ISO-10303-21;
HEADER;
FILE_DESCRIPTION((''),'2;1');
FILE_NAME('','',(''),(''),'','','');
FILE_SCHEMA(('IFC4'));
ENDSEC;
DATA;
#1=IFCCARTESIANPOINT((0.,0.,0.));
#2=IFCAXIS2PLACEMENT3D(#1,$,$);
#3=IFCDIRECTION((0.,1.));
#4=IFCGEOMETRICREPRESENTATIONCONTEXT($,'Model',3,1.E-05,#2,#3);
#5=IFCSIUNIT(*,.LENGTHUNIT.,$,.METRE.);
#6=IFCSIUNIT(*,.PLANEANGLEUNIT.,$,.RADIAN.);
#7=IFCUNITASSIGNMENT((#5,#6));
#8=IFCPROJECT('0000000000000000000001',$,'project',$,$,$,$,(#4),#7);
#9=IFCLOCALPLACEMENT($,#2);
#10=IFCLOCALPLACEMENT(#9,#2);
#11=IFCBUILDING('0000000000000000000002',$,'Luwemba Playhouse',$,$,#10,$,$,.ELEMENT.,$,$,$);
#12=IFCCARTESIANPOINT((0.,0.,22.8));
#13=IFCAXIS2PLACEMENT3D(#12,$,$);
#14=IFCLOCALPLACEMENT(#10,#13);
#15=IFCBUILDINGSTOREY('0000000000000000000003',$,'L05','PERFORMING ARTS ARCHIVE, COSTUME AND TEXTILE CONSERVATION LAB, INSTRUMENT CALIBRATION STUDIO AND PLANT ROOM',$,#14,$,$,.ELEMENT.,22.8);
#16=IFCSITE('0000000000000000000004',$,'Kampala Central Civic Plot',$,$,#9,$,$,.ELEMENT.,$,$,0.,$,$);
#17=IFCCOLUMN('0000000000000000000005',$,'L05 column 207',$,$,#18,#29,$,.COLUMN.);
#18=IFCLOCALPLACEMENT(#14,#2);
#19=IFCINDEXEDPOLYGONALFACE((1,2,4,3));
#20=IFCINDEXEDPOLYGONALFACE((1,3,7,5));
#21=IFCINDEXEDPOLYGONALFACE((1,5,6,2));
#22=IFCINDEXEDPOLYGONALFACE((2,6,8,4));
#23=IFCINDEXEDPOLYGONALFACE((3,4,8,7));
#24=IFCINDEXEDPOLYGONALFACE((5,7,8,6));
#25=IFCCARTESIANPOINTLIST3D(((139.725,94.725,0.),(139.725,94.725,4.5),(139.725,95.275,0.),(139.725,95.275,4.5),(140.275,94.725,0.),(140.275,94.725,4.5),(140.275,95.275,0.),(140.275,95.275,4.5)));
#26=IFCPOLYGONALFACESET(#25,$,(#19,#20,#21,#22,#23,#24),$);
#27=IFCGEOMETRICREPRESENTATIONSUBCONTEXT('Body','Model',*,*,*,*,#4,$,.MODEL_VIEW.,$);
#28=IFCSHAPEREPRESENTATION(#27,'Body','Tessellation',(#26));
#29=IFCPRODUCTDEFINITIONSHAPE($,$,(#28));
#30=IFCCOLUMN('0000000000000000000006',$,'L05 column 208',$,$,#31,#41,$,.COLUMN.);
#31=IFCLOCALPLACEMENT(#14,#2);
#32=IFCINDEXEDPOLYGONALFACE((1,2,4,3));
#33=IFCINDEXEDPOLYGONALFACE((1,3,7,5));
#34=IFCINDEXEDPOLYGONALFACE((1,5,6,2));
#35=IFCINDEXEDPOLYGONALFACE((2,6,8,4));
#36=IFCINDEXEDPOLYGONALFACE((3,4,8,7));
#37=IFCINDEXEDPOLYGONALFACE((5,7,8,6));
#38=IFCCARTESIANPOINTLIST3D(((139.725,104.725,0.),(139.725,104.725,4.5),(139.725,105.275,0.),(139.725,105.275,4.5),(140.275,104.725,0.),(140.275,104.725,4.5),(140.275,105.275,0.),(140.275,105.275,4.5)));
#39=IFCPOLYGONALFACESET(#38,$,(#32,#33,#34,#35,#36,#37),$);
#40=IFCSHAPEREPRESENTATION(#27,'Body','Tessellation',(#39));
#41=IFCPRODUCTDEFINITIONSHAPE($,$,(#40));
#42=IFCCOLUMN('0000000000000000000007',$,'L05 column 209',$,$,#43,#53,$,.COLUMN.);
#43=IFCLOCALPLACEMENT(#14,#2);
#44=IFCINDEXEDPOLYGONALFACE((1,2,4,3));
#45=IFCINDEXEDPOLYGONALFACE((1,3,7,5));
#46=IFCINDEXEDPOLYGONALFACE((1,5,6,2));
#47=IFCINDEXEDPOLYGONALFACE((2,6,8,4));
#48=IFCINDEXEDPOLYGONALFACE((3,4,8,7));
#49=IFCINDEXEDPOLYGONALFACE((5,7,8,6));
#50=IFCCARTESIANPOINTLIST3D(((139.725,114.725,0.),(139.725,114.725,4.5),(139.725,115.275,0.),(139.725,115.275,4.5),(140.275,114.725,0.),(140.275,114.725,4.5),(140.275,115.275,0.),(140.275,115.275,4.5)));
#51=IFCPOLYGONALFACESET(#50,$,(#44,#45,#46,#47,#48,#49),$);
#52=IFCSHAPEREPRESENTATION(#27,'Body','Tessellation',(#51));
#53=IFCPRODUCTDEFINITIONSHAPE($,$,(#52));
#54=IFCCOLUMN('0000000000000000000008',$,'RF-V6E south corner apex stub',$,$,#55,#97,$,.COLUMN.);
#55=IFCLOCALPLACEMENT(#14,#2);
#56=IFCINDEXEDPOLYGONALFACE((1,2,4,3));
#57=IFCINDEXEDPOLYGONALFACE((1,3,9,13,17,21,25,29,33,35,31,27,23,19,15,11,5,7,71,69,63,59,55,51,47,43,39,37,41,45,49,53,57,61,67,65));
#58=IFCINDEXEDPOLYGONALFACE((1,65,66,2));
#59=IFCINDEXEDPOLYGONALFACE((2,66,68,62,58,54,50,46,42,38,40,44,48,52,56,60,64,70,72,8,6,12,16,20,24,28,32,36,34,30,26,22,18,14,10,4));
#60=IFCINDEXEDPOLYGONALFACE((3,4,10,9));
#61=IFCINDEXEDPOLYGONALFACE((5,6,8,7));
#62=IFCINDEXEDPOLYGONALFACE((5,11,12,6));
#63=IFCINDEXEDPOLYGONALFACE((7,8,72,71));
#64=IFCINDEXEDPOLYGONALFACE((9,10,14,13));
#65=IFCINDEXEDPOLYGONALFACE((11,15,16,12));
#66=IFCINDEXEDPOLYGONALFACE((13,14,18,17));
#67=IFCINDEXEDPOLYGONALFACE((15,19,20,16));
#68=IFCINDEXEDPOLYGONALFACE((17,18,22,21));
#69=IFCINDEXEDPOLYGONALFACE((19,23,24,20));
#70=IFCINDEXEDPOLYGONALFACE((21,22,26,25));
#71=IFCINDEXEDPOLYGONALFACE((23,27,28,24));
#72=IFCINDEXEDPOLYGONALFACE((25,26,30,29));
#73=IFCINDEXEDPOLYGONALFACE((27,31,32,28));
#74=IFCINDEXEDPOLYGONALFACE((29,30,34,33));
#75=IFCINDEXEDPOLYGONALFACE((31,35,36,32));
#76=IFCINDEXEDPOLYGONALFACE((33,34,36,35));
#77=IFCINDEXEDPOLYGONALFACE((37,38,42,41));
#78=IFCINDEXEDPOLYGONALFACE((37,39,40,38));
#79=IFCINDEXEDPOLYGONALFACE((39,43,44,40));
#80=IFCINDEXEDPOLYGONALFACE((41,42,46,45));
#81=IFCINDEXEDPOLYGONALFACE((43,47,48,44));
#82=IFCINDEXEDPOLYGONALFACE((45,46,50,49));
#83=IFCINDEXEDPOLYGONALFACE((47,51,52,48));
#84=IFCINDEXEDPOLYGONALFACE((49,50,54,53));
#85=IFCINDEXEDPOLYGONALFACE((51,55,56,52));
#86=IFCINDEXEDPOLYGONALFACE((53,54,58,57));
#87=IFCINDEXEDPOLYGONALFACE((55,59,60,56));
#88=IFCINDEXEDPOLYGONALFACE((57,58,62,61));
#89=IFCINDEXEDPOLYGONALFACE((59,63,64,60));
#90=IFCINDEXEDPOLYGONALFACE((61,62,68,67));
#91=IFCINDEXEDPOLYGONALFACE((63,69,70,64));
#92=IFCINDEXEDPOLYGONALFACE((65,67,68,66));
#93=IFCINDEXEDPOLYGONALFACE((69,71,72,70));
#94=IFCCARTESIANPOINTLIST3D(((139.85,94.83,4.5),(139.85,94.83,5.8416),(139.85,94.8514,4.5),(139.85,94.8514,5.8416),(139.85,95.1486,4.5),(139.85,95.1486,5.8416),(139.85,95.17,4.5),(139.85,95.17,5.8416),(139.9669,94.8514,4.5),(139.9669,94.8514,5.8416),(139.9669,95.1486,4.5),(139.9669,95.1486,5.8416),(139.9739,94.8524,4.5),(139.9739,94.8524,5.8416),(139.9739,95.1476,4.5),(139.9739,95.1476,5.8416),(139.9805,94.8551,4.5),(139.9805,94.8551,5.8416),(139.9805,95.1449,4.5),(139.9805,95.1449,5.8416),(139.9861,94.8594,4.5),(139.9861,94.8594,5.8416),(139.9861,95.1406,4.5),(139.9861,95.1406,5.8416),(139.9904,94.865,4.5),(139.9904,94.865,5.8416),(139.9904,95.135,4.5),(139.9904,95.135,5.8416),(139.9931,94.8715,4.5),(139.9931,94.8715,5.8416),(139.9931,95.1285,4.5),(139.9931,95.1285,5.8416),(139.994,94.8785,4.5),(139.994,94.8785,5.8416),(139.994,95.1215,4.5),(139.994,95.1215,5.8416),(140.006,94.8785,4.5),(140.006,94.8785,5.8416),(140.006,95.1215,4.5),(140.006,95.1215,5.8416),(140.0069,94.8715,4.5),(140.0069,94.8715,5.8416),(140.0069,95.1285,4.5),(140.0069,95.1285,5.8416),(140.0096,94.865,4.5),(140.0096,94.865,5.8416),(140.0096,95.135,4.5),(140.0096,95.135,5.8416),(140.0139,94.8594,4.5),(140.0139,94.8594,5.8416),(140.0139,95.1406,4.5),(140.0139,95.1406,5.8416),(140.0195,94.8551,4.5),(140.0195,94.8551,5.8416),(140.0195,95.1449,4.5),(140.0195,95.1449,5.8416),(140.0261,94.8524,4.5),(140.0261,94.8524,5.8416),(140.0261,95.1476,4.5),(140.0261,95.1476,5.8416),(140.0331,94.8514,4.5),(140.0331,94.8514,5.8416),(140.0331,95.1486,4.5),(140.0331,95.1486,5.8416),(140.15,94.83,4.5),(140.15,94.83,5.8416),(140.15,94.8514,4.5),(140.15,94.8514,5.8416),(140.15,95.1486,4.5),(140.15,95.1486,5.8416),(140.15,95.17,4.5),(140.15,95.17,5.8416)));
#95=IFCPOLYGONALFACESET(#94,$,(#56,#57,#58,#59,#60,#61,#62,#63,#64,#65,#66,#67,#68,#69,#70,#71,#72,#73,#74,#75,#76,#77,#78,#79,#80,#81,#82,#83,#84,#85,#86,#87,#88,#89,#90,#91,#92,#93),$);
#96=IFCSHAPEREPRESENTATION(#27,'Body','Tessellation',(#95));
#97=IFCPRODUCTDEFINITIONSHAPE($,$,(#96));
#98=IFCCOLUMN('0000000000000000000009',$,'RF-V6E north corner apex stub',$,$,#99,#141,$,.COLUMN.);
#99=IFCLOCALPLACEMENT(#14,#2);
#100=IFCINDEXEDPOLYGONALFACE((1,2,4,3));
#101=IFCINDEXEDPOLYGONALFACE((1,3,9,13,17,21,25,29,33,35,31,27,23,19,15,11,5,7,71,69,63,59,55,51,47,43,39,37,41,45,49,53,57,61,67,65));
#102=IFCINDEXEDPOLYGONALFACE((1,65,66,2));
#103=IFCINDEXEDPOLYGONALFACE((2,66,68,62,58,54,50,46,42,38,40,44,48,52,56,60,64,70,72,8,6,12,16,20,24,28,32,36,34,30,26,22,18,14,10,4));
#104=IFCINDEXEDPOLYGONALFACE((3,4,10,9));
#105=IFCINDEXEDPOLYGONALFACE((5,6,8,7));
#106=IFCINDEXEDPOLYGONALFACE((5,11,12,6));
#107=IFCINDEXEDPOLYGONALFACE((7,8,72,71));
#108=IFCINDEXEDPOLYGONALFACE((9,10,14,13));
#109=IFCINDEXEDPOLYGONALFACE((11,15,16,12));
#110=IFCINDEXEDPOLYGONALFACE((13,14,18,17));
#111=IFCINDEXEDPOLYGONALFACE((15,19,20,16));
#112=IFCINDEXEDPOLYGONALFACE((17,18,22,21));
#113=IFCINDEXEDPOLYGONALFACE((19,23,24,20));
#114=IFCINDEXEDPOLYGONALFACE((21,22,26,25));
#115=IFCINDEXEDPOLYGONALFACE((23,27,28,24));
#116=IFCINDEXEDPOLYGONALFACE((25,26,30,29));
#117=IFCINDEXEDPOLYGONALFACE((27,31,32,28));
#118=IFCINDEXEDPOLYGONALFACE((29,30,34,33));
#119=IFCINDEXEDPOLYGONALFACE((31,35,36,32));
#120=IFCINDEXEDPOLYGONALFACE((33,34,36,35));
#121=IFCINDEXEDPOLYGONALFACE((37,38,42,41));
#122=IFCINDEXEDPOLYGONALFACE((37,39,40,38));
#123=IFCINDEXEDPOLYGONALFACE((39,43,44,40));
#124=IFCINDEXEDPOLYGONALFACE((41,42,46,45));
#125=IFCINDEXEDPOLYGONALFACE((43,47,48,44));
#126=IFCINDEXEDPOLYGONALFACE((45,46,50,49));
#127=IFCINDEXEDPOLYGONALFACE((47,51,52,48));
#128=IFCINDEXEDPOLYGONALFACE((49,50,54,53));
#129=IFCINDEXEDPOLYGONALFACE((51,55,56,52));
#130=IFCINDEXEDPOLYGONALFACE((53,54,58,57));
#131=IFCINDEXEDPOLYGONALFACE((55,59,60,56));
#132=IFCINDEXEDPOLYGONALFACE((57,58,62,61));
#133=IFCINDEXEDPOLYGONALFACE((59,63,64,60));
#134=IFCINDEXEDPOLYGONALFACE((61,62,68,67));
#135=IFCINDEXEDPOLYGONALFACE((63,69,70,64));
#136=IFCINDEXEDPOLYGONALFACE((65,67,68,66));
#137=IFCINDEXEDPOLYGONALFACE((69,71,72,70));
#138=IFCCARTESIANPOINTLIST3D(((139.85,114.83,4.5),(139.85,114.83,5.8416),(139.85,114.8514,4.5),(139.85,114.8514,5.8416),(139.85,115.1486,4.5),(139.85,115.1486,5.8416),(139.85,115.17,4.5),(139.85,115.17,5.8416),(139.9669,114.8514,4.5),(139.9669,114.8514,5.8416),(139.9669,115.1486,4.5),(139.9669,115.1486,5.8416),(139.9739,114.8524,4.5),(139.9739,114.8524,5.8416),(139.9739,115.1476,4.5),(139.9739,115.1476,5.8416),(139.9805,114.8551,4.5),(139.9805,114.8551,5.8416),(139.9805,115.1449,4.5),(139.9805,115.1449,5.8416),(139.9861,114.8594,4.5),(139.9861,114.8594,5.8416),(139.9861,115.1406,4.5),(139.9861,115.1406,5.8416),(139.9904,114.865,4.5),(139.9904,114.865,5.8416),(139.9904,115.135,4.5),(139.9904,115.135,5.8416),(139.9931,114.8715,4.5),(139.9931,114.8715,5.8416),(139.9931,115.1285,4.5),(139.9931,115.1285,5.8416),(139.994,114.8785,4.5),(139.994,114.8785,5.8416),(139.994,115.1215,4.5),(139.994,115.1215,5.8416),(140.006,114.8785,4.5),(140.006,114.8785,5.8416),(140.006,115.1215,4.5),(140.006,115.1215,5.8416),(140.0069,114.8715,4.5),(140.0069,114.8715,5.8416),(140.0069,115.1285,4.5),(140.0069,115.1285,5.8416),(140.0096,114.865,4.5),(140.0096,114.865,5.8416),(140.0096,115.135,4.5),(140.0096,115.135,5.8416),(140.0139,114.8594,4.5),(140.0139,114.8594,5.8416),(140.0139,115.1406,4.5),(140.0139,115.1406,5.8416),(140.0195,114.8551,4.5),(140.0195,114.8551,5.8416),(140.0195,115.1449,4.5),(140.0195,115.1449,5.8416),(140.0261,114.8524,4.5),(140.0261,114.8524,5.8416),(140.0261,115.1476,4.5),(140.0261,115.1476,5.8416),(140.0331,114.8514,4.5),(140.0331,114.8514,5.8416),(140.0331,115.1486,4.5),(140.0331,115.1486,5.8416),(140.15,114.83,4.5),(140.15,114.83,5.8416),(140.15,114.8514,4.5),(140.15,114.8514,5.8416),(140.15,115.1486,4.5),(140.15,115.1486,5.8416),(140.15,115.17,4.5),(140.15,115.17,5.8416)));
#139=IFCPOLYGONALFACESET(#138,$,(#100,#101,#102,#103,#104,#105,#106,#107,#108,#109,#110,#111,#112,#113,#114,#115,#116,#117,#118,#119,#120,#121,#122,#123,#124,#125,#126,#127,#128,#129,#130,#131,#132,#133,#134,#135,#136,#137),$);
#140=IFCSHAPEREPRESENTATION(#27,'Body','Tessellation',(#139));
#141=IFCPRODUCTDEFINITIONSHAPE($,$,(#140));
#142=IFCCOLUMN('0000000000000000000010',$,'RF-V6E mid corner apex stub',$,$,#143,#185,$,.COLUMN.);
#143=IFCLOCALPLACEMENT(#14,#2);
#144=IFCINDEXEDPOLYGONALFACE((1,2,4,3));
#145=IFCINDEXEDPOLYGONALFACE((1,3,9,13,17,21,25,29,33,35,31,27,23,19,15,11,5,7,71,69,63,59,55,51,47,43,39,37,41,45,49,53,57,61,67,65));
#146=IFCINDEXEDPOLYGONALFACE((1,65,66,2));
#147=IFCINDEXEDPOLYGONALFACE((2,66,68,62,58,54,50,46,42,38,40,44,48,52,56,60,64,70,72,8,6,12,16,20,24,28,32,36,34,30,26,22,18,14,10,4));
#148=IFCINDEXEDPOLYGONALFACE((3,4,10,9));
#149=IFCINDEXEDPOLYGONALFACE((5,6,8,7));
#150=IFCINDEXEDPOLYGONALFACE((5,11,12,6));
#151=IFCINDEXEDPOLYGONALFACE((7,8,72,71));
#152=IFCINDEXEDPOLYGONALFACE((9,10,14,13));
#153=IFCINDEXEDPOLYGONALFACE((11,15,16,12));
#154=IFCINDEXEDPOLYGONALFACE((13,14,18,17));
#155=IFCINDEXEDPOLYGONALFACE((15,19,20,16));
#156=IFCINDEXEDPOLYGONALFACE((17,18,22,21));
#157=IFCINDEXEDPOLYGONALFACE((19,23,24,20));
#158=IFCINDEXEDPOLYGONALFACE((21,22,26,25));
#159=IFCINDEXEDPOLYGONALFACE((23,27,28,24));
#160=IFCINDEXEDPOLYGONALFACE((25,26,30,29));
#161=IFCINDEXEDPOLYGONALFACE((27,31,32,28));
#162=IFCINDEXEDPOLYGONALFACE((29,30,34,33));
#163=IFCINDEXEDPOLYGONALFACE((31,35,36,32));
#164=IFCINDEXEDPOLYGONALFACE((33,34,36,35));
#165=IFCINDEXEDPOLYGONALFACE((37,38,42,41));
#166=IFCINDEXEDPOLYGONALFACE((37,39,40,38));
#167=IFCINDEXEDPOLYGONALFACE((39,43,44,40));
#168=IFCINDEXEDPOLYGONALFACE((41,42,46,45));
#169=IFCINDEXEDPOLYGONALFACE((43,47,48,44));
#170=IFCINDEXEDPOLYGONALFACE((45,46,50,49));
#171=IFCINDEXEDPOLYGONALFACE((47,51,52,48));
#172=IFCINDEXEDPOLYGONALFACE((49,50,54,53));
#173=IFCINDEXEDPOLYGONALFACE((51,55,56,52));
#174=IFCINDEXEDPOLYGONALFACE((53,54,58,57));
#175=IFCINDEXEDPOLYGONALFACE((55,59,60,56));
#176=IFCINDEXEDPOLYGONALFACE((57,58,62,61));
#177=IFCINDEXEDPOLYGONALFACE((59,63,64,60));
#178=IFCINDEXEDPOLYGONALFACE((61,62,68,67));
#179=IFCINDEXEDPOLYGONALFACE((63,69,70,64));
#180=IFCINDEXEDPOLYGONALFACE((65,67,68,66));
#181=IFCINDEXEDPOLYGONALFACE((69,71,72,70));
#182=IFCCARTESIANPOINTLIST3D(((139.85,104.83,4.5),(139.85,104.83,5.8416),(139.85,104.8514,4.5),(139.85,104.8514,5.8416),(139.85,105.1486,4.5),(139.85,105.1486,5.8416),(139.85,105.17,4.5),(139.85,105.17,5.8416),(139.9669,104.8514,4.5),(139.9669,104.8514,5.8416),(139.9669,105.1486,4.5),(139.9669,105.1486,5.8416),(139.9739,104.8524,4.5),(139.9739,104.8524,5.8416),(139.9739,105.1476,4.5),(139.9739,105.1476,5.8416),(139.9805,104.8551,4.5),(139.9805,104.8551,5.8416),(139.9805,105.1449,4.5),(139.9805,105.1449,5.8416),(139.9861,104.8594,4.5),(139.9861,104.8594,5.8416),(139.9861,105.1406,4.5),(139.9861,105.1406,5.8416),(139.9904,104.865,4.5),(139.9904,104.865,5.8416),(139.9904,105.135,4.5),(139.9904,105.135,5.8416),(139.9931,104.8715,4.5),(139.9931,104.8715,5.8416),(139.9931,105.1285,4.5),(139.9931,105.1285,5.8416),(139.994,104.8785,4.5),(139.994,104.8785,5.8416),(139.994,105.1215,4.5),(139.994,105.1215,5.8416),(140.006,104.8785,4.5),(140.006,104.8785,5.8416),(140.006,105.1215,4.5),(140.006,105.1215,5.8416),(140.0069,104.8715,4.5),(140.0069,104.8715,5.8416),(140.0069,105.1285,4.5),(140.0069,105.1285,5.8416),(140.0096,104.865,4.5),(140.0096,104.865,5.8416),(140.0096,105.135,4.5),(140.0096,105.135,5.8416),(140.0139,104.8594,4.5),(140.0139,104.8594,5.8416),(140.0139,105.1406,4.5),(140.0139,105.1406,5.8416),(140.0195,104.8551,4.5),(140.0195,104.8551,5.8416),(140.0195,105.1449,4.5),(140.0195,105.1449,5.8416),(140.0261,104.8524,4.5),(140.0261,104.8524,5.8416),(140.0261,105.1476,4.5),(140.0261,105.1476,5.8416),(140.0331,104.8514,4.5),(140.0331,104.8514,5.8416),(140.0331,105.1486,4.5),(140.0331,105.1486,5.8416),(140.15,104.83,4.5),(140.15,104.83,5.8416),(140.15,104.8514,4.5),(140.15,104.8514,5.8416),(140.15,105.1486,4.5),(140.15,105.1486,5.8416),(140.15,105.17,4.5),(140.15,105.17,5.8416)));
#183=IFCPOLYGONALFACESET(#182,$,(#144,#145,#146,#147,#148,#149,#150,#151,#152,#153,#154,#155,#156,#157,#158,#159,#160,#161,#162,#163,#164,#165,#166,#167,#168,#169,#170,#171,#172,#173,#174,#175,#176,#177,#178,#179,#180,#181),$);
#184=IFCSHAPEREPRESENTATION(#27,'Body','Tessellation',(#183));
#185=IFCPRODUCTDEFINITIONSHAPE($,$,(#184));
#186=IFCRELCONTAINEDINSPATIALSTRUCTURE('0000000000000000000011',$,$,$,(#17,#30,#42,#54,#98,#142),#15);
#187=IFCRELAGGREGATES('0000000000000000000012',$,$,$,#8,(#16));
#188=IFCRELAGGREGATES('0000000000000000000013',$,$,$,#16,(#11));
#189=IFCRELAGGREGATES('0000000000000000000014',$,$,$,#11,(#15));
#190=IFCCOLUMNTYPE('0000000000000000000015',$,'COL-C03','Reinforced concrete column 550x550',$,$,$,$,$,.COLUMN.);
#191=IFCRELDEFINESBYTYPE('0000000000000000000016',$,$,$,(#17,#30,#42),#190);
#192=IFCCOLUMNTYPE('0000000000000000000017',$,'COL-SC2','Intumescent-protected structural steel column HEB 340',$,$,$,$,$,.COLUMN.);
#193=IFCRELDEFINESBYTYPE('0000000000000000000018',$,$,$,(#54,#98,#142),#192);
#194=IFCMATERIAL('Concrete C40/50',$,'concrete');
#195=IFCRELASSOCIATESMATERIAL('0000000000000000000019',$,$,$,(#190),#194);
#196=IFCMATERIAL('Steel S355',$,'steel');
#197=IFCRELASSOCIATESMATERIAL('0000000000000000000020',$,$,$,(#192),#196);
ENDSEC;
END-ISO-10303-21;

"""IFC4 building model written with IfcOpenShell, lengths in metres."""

from ifc_helpers import new_model, si_unit, direction, frame, origin, origin_2d, place, context, subcontext, project, spatial, rectangle, i_section, extrude, material, material_profile, profile_set, type_object, element, save


model = new_model("IFC4")

# Units and contexts
model_context = context("Model", 3, precision=1e-05, world=origin(), true_north=direction((0.0, 1.0)))
body_context = subcontext(model_context, "Body", "Model", "MODEL_VIEW")
ifc_project = project(units=[si_unit("LENGTHUNIT", "METRE"), si_unit("PLANEANGLEUNIT", "RADIAN")], contexts=[model_context])

# Site, building, storey
site_placement = place(None, origin())
site = spatial("IfcSite", under=ifc_project, at=site_placement, Name="Kampala Central Civic Plot", CompositionType="ELEMENT", RefElevation=0.0)
building_placement = place(site_placement, origin())
building = spatial("IfcBuilding", under=site, at=building_placement, Name="Luwemba Playhouse", CompositionType="ELEMENT")
storey_placement = place(building_placement, frame((0.0, 0.0, 22.8)))
storey = spatial("IfcBuildingStorey", under=building, at=storey_placement, Name="L05", Description="PERFORMING ARTS ARCHIVE, COSTUME AND TEXTILE CONSERVATION LAB, INSTRUMENT CALIBRATION STUDIO AND PLANT ROOM", CompositionType="ELEMENT", Elevation=22.8)

# Columns
ifc_material_1 = material(Name="Concrete C40/50", Category="concrete")
ifc_material_profile_1 = material_profile(ifc_material_1, rectangle(XDim=0.55, YDim=0.55, at=origin_2d()))
ifc_profile_set_1 = profile_set([ifc_material_profile_1], Name="Concrete C40/50")
column_type_1 = type_object("IfcColumnType", Name="COL-C03", Description="Reinforced concrete column 550x550", PredefinedType="COLUMN", material=ifc_profile_set_1)
for number, where, z_axis, x_axis, name in (
    (1, (140.0, 95.0, 0.0), (0.0, 0.0, 1.0), (1.0, 0.0, 0.0), "L05 column 207"),
    (2, (140.0, 105.0, 0.0), (0.0, 0.0, 1.0), (1.0, 0.0, 0.0), "L05 column 208"),
    (3, (140.0, 115.0, 0.0), (0.0, 0.0, 1.0), (1.0, 0.0, 0.0), "L05 column 209"),
):
    element("IfcColumn", number, at=place(storey_placement, frame(where, z_axis=z_axis, x_axis=x_axis)), inside=storey, type_object=column_type_1, Name=name, PredefinedType="COLUMN", context=body_context, shape_type="SweptSolid", body=[
        extrude(rectangle(XDim=0.55, YDim=0.55, at=origin_2d()), origin(), (0.0, 0.0, 1.0), 4.5),
    ])
ifc_material_2 = material(Name="Steel S355", Category="steel")
ifc_material_profile_2 = material_profile(ifc_material_2, i_section(OverallWidth=0.3, OverallDepth=0.3401, WebThickness=0.012, FlangeThickness=0.0215, FilletRadius=0.0271, at=origin_2d()))
ifc_profile_set_2 = profile_set([ifc_material_profile_2], Name="Steel S355")
column_type_2 = type_object("IfcColumnType", Name="COL-SC2", Description="Intumescent-protected structural steel column HEB 340", PredefinedType="COLUMN", material=ifc_profile_set_2)
for number, where, z_axis, x_axis, name in (
    (4, (140.0, 95.0, 4.5), (0.0, 0.0, 1.0), (1.0, 0.0, 0.0), "RF-V6E south corner apex stub"),
    (5, (140.0, 115.0, 4.5), (0.0, 0.0, 1.0), (1.0, 0.0, 0.0), "RF-V6E north corner apex stub"),
    (6, (140.0, 105.0, 4.5), (0.0, 0.0, 1.0), (1.0, 0.0, 0.0), "RF-V6E mid corner apex stub"),
):
    element("IfcColumn", number, at=place(storey_placement, frame(where, z_axis=z_axis, x_axis=x_axis)), inside=storey, type_object=column_type_2, Name=name, PredefinedType="COLUMN", context=body_context, shape_type="SweptSolid", body=[
        extrude(i_section(OverallWidth=0.3, OverallDepth=0.3401, WebThickness=0.012, FlangeThickness=0.0215, FilletRadius=0.0271, at=origin_2d()), origin(), (0.0, 0.0, 1.0), 1.3416),
    ])

save(model, "model.ifc")
